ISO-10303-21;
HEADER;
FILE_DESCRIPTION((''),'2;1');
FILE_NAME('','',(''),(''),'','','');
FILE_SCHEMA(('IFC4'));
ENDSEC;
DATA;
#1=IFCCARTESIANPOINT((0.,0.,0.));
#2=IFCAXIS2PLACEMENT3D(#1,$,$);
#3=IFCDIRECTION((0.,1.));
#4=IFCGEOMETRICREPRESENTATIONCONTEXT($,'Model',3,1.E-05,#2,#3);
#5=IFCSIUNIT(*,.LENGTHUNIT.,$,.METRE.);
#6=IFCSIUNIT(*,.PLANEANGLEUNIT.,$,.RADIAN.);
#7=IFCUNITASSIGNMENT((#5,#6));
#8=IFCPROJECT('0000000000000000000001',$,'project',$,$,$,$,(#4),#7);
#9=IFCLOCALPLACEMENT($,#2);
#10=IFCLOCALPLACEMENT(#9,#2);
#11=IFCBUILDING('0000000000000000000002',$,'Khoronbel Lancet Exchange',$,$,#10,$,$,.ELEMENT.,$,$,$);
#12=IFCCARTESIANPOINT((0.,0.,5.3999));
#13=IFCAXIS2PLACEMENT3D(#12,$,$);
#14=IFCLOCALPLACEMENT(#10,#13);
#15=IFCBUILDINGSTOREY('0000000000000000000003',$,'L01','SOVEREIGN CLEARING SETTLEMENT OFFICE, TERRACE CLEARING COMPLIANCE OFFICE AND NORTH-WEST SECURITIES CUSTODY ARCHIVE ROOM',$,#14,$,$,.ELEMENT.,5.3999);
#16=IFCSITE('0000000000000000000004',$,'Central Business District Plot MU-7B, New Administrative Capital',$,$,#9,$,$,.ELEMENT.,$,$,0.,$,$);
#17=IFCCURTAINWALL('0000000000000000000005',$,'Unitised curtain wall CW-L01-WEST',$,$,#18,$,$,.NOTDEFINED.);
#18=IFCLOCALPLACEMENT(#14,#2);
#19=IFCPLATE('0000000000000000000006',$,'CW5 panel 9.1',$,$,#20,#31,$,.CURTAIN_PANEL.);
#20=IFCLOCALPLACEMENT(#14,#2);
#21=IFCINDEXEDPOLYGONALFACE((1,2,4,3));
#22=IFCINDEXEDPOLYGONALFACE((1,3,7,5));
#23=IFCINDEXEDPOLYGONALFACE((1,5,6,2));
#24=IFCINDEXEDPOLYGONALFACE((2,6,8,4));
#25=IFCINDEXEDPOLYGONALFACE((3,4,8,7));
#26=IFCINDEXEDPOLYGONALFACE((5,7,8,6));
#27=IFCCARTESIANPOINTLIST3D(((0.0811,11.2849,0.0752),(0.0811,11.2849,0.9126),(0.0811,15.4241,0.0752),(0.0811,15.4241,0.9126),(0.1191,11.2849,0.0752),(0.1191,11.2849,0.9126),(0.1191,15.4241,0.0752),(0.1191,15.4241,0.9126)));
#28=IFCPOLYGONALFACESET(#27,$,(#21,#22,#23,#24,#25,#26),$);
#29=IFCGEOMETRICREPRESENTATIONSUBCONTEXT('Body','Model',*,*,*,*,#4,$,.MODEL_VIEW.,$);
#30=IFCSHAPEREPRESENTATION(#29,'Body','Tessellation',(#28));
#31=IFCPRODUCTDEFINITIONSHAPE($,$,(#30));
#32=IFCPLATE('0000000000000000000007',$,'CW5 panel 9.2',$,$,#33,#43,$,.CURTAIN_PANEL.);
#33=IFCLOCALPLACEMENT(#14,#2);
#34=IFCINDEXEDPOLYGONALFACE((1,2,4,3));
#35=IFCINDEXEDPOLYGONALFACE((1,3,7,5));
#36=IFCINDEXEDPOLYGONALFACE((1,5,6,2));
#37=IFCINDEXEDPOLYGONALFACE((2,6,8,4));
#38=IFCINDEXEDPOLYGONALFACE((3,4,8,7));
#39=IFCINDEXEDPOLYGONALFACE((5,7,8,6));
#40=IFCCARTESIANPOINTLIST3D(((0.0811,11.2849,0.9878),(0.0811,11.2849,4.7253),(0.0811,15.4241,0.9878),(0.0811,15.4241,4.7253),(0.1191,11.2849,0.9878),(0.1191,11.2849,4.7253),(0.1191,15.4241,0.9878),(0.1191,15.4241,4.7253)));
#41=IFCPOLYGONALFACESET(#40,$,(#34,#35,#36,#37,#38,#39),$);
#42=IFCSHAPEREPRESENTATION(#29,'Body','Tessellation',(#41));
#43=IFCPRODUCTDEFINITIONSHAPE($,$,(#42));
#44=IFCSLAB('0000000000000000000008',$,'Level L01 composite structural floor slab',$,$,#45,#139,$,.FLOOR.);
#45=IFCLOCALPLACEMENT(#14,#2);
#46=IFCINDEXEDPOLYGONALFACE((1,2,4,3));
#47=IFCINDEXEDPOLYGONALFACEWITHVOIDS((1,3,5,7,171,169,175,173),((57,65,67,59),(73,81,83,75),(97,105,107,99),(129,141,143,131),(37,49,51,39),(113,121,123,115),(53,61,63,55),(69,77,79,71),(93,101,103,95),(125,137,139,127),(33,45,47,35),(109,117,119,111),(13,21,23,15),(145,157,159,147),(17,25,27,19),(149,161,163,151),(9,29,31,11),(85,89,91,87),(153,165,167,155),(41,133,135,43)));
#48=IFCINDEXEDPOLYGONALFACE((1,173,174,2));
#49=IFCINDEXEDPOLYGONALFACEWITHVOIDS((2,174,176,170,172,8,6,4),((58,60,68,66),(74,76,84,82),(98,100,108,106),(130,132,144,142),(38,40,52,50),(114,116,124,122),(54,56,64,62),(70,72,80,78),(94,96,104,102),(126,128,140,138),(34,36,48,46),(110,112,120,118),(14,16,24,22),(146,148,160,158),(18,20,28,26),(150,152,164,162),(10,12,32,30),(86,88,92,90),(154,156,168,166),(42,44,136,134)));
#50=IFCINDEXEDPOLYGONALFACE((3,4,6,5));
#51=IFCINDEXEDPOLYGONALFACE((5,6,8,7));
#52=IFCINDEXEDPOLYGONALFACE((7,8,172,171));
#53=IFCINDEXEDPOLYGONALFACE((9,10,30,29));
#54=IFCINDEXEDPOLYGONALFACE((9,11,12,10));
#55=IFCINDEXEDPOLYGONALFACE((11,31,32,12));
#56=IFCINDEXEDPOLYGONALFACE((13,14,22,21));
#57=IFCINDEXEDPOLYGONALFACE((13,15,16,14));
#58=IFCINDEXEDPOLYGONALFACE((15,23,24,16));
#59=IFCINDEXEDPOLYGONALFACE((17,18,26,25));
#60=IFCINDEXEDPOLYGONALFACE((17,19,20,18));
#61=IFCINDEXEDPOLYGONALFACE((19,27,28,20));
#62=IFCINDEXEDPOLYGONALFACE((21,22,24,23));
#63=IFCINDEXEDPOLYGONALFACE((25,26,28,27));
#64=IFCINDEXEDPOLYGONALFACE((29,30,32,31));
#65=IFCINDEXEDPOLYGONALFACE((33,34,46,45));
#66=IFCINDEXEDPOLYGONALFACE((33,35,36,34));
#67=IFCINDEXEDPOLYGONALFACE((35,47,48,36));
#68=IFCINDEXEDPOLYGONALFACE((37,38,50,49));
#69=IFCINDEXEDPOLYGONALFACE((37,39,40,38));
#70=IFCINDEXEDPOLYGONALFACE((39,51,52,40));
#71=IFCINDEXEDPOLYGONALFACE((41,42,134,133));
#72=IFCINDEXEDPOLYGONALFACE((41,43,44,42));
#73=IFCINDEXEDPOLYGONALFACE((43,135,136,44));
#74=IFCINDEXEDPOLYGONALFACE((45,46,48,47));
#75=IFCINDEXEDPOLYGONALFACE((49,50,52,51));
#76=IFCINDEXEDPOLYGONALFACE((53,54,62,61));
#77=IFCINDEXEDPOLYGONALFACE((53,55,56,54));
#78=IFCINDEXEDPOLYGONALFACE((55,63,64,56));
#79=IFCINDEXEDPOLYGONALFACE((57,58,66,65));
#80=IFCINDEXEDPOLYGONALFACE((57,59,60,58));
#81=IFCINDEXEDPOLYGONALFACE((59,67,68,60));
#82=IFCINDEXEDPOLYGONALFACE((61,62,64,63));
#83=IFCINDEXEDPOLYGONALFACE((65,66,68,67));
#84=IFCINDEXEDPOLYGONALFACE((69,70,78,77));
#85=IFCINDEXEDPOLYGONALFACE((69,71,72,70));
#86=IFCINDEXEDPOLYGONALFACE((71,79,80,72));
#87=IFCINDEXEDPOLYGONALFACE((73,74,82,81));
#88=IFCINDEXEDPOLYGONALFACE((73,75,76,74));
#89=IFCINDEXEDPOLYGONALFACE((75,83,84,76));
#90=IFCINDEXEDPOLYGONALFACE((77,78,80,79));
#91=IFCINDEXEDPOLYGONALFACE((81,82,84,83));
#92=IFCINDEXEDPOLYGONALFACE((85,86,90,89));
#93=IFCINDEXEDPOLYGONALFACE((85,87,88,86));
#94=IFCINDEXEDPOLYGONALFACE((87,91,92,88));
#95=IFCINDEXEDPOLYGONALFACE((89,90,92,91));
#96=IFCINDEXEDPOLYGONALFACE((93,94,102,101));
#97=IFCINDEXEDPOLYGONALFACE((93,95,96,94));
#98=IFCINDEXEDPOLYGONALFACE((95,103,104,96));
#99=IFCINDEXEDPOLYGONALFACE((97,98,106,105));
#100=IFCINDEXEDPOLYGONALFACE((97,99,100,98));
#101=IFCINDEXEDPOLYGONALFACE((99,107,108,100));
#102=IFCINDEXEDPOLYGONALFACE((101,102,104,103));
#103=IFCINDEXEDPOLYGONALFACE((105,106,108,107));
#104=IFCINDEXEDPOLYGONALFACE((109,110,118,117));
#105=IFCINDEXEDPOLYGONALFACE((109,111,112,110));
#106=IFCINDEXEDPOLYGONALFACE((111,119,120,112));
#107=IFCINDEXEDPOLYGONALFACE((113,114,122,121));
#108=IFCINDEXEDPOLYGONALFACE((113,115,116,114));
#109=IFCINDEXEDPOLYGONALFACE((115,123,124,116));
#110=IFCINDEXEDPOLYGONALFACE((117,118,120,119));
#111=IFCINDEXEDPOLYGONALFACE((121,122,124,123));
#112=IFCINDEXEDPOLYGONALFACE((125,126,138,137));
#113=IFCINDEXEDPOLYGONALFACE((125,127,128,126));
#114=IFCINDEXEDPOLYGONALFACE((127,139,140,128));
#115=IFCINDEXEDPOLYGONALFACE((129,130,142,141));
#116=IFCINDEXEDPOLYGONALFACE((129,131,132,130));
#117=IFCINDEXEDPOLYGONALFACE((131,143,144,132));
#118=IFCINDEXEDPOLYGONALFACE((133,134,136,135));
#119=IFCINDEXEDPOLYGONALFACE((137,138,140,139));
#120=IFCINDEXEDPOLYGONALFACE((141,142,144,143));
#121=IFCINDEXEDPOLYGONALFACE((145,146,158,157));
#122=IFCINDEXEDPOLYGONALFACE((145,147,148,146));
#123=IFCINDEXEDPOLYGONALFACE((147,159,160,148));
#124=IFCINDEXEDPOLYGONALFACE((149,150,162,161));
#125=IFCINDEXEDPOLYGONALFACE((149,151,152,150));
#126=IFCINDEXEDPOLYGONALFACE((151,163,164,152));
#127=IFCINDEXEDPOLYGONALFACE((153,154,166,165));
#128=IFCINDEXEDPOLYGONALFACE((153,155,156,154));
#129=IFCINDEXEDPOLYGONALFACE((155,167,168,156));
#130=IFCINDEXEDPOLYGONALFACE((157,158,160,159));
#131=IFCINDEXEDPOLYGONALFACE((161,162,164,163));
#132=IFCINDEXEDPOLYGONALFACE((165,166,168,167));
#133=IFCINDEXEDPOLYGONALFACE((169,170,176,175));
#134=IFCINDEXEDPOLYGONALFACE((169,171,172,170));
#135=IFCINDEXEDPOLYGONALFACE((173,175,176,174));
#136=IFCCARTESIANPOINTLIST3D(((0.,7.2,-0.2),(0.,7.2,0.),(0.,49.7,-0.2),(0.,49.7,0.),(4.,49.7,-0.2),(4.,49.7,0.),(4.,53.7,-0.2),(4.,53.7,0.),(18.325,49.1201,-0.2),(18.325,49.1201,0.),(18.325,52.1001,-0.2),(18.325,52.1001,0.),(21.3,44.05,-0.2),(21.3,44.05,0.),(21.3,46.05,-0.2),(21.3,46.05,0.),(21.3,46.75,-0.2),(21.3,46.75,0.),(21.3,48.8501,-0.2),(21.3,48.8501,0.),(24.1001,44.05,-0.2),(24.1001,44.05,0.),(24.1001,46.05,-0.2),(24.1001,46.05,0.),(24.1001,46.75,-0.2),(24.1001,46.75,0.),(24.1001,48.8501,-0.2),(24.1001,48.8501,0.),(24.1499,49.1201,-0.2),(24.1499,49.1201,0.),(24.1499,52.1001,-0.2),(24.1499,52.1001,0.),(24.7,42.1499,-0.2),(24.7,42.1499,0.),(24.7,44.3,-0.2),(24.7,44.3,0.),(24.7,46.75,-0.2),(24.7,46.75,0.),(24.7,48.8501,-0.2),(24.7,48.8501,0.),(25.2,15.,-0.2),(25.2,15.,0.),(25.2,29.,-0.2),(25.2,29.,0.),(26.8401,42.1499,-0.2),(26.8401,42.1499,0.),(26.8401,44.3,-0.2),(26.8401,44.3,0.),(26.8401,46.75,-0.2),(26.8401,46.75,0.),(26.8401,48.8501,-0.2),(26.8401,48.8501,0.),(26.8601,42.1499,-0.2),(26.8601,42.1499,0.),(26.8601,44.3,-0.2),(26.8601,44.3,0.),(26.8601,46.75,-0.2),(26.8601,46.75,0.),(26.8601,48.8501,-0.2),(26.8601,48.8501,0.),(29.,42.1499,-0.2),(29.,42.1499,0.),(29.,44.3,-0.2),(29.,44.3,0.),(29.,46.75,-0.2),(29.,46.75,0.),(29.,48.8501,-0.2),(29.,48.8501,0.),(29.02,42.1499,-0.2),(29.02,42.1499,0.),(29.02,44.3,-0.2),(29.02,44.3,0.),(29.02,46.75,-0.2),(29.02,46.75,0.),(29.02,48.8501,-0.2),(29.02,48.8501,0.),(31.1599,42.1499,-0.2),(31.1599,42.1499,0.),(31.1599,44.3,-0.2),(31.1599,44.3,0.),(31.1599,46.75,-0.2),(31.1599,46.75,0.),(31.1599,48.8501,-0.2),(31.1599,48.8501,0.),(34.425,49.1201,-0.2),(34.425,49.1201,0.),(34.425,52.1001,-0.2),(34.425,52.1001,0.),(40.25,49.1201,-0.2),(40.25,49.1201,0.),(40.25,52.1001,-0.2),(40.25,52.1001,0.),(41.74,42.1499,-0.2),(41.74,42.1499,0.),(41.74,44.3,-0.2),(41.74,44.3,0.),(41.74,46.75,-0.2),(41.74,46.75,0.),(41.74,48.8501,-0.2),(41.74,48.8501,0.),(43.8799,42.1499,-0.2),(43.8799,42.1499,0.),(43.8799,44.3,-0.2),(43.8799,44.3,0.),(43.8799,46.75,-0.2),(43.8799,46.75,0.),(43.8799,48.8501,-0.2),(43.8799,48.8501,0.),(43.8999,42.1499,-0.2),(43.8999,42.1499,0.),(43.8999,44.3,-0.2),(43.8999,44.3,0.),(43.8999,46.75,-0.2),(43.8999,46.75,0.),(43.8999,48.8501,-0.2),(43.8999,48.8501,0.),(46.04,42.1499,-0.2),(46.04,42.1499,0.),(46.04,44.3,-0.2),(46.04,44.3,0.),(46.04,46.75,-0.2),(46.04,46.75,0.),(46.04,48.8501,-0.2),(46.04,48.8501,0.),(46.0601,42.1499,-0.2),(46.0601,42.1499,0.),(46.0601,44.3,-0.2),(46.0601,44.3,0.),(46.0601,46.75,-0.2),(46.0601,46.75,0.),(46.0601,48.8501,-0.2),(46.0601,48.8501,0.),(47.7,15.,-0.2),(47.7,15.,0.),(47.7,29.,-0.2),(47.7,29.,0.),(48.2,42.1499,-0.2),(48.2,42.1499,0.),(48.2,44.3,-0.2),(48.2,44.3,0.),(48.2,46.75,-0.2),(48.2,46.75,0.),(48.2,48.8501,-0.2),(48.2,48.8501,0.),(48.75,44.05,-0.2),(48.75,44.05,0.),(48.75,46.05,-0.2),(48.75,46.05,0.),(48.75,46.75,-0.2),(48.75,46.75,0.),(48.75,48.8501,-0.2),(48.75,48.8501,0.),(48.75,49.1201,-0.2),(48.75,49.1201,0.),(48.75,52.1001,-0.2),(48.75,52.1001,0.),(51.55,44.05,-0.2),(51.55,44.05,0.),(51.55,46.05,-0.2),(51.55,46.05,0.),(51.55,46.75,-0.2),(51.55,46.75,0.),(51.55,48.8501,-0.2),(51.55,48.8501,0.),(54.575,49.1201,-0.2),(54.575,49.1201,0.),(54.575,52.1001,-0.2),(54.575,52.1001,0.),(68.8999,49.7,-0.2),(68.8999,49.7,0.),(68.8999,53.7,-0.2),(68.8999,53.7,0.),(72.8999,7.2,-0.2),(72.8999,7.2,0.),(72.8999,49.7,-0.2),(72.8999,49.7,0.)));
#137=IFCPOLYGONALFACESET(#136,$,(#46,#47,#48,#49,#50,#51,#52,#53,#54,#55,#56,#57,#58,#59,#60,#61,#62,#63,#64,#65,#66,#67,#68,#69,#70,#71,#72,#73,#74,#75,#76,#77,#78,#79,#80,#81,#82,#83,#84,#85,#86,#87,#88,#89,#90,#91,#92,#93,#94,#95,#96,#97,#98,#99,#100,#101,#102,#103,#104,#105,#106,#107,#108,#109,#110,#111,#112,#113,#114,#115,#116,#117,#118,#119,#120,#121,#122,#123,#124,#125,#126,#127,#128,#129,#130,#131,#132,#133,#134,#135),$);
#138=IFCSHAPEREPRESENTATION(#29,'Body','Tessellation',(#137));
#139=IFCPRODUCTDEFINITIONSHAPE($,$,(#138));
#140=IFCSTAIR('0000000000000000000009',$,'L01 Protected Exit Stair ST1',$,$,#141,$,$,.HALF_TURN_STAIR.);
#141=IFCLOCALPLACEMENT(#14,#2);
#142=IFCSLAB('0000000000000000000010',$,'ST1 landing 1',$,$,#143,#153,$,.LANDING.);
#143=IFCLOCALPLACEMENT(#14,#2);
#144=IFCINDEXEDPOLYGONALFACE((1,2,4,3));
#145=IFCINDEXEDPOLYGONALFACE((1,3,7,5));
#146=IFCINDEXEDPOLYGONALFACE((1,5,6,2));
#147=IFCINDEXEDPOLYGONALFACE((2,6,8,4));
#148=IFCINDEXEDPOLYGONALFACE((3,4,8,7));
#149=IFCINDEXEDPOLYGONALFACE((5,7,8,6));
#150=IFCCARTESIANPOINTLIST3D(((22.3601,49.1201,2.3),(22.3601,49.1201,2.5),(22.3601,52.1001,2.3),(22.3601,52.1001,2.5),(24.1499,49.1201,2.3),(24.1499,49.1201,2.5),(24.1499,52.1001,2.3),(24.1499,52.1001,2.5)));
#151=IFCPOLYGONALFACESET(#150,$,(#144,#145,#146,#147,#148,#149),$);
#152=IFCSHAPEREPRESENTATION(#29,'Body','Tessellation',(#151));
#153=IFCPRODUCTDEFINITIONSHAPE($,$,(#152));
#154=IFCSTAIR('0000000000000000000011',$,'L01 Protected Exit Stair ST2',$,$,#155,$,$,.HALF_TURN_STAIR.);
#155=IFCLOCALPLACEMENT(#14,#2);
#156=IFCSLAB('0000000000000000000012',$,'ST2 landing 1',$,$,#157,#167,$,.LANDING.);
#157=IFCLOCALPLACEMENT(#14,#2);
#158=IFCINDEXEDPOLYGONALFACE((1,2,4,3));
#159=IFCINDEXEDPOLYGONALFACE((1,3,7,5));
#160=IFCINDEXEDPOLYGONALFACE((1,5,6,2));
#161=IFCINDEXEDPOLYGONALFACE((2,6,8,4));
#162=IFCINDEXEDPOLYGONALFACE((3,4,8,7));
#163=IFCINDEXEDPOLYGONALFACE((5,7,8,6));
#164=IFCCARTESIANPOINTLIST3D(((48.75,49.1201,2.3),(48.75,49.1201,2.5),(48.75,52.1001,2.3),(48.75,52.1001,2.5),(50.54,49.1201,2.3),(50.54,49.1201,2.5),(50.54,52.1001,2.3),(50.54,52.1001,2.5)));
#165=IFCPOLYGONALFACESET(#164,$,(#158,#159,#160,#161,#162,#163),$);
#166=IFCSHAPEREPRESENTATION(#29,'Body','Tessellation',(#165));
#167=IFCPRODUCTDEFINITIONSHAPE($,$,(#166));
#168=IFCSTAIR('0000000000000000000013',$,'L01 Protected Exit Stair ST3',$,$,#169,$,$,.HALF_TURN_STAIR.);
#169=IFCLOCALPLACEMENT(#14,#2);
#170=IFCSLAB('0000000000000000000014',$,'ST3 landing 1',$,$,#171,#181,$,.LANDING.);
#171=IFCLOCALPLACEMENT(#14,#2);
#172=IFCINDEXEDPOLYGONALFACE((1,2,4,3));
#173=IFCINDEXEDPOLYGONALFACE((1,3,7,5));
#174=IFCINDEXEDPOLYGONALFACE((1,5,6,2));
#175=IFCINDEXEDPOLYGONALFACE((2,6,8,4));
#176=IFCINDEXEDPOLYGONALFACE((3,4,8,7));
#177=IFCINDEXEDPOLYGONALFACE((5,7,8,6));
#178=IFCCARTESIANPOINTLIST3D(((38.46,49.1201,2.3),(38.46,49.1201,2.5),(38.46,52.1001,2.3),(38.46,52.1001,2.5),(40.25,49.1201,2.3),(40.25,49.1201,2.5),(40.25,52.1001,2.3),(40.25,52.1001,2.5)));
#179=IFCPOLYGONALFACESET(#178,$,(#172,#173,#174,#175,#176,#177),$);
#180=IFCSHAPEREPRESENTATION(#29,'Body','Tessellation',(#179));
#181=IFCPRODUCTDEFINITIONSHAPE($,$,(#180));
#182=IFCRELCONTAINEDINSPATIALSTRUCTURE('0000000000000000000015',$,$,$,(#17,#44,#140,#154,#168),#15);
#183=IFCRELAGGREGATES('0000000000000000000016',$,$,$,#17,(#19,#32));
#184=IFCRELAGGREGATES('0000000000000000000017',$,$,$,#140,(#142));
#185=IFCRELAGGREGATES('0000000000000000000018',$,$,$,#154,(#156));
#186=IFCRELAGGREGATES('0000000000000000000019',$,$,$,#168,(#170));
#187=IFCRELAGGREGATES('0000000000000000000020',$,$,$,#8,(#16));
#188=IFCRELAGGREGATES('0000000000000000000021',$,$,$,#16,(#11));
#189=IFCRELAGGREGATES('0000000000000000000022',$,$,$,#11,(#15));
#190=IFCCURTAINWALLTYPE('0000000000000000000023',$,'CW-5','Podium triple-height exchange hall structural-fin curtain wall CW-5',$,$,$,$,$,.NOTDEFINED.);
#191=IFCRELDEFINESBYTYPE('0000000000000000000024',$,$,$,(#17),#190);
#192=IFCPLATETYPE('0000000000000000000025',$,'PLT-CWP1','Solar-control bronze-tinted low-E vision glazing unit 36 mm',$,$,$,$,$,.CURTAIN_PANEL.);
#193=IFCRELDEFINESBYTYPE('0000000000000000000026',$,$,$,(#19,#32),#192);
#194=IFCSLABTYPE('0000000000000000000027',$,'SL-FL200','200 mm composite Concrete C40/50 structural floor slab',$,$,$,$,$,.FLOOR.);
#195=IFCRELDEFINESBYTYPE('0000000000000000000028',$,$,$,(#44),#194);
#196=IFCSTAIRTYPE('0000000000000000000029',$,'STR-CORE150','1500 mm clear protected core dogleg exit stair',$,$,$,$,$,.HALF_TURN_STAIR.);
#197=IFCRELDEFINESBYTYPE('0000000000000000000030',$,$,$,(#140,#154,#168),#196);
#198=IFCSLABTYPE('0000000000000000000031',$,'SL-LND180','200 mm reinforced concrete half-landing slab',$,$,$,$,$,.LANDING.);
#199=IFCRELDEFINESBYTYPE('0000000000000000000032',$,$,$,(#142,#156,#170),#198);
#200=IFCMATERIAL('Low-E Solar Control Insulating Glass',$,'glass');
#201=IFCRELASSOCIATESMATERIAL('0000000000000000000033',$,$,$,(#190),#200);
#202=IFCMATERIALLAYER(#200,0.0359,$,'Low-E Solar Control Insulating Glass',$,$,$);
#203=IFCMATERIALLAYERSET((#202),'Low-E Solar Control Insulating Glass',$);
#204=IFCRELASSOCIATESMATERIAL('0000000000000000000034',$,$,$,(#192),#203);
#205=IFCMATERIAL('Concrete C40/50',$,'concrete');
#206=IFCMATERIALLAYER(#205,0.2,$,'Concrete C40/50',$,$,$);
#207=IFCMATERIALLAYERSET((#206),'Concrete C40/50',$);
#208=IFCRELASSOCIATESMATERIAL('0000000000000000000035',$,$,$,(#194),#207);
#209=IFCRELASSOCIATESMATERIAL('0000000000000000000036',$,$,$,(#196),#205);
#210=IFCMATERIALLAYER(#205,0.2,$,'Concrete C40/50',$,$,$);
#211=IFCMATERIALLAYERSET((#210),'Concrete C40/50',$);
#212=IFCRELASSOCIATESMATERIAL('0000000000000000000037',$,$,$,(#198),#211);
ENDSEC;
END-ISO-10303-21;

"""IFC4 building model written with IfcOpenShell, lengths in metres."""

from ifc_helpers import new_model, si_unit, direction, frame, origin, origin_2d, place, context, subcontext, project, spatial, polyline, rectangle, outline, extrude, material, layer, layer_set, type_object, element, aggregate, save


model = new_model("IFC4")

# Units and contexts
model_context = context("Model", 3, precision=1e-05, world=origin(), true_north=direction((0.0, 1.0)))
body_context = subcontext(model_context, "Body", "Model", "MODEL_VIEW")
ifc_project = project(units=[si_unit("LENGTHUNIT", "METRE"), si_unit("PLANEANGLEUNIT", "RADIAN")], contexts=[model_context])

# Site, building, storey
site_placement = place(None, origin())
site = spatial("IfcSite", under=ifc_project, at=site_placement, Name="Central Business District Plot MU-7B, New Administrative Capital", CompositionType="ELEMENT", RefElevation=0.0)
building_placement = place(site_placement, origin())
building = spatial("IfcBuilding", under=site, at=building_placement, Name="Khoronbel Lancet Exchange", CompositionType="ELEMENT")
storey_placement = place(building_placement, frame((0.0, 0.0, 5.3999)))
storey = spatial("IfcBuildingStorey", under=building, at=storey_placement, Name="L01", Description="SOVEREIGN CLEARING SETTLEMENT OFFICE, TERRACE CLEARING COMPLIANCE OFFICE AND NORTH-WEST SECURITIES CUSTODY ARCHIVE ROOM", CompositionType="ELEMENT", Elevation=5.3999)

# Curtain wall, plates
ifc_material_1 = material(Name="Low-E Solar Control Insulating Glass", Category="glass")
curtain_wall_type = type_object("IfcCurtainWallType", Name="CW-5", Description="Podium triple-height exchange hall structural-fin curtain wall CW-5", PredefinedType="NOTDEFINED", material=ifc_material_1)
curtain_wall_placement = place(storey_placement, origin())
curtain_wall = element("IfcCurtainWall", 1, at=curtain_wall_placement, inside=storey, type_object=curtain_wall_type, Name="Unitised curtain wall CW-L01-WEST", PredefinedType="NOTDEFINED")
ifc_layer_1 = layer(ifc_material_1, 0.0359, Name="Low-E Solar Control Insulating Glass")
ifc_layer_set_1 = layer_set([ifc_layer_1], Name="Low-E Solar Control Insulating Glass")
plate_type = type_object("IfcPlateType", Name="PLT-CWP1", Description="Solar-control bronze-tinted low-E vision glazing unit 36 mm", PredefinedType="CURTAIN_PANEL", material=ifc_layer_set_1)
plate_1_placement = place(storey_placement, frame((0.1001, 13.3545, 0.0752), z_axis=(0.0, 0.0, 1.0), x_axis=(0.0, -1.0, 0.0)))
plate_1 = element("IfcPlate", 2, at=plate_1_placement, type_object=plate_type, Name="CW5 panel 9.1", PredefinedType="CURTAIN_PANEL", context=body_context, shape_type="SweptSolid", body=[
    extrude(rectangle(XDim=4.1392, YDim=0.0381, at=origin_2d()), origin(), (0.0, 0.0, 1.0), 0.8374),
])
plate_2_placement = place(storey_placement, frame((0.1001, 13.3545, 0.9878), z_axis=(0.0, 0.0, 1.0), x_axis=(0.0, -1.0, 0.0)))
plate_2 = element("IfcPlate", 3, at=plate_2_placement, type_object=plate_type, Name="CW5 panel 9.2", PredefinedType="CURTAIN_PANEL", context=body_context, shape_type="SweptSolid", body=[
    extrude(rectangle(XDim=4.1392, YDim=0.0381, at=origin_2d()), origin(), (0.0, 0.0, 1.0), 3.7375),
])
aggregate(curtain_wall, [plate_1, plate_2])

# Slab
ifc_material_2 = material(Name="Concrete C40/50", Category="concrete")
ifc_layer_2 = layer(ifc_material_2, 0.2, Name="Concrete C40/50")
ifc_layer_set_2 = layer_set([ifc_layer_2], Name="Concrete C40/50")
slab_type_1 = type_object("IfcSlabType", Name="SL-FL200", Description="200 mm composite Concrete C40/50 structural floor slab", PredefinedType="FLOOR", material=ifc_layer_set_2)
slab_1_placement = place(storey_placement, frame((0.0, 0.0, -0.2)))
element("IfcSlab", 4, at=slab_1_placement, inside=storey, type_object=slab_type_1, Name="Level L01 composite structural floor slab", PredefinedType="FLOOR", context=body_context, shape_type="SweptSolid", body=[
    extrude(outline(polyline([(0.0, 7.2), (72.8999, 7.2), (72.8999, 49.7), (68.8999, 49.7), (68.8999, 53.7), (4.0, 53.7), (4.0, 49.7), (0.0, 49.7), (0.0, 7.2)]), holes=[polyline([(18.325, 49.1201), (24.1499, 49.1201), (24.1499, 52.1001), (18.325, 52.1001), (18.325, 49.1201)]), polyline([(48.75, 49.1201), (54.575, 49.1201), (54.575, 52.1001), (48.75, 52.1001), (48.75, 49.1201)]), polyline([(34.425, 49.1201), (40.25, 49.1201), (40.25, 52.1001), (34.425, 52.1001), (34.425, 49.1201)]), polyline([(24.7, 46.75), (26.8401, 46.75), (26.8401, 48.8501), (24.7, 48.8501), (24.7, 46.75)]), polyline([(26.8601, 46.75), (29.0, 46.75), (29.0, 48.8501), (26.8601, 48.8501), (26.8601, 46.75)]), polyline([(29.02, 46.75), (31.1599, 46.75), (31.1599, 48.8501), (29.02, 48.8501), (29.02, 46.75)]), polyline([(24.7, 42.1499), (26.8401, 42.1499), (26.8401, 44.3), (24.7, 44.3), (24.7, 42.1499)]), polyline([(26.8601, 42.1499), (29.0, 42.1499), (29.0, 44.3), (26.8601, 44.3), (26.8601, 42.1499)]), polyline([(29.02, 42.1499), (31.1599, 42.1499), (31.1599, 44.3), (29.02, 44.3), (29.02, 42.1499)]), polyline([(41.74, 46.75), (43.8799, 46.75), (43.8799, 48.8501), (41.74, 48.8501), (41.74, 46.75)]), polyline([(43.8999, 46.75), (46.04, 46.75), (46.04, 48.8501), (43.8999, 48.8501), (43.8999, 46.75)]), polyline([(46.0601, 46.75), (48.2, 46.75), (48.2, 48.8501), (46.0601, 48.8501), (46.0601, 46.75)]), polyline([(41.74, 42.1499), (43.8799, 42.1499), (43.8799, 44.3), (41.74, 44.3), (41.74, 42.1499)]), polyline([(43.8999, 42.1499), (46.04, 42.1499), (46.04, 44.3), (43.8999, 44.3), (43.8999, 42.1499)]), polyline([(46.0601, 42.1499), (48.2, 42.1499), (48.2, 44.3), (46.0601, 44.3), (46.0601, 42.1499)]), polyline([(21.3, 46.75), (24.1001, 46.75), (24.1001, 48.8501), (21.3, 48.8501), (21.3, 46.75)]), polyline([(48.75, 46.75), (51.55, 46.75), (51.55, 48.8501), (48.75, 48.8501), (48.75, 46.75)]), polyline([(21.3, 44.05), (24.1001, 44.05), (24.1001, 46.05), (21.3, 46.05), (21.3, 44.05)]), polyline([(48.75, 44.05), (51.55, 44.05), (51.55, 46.05), (48.75, 46.05), (48.75, 44.05)]), polyline([(25.2, 15.0), (47.7, 15.0), (47.7, 29.0), (25.2, 29.0), (25.2, 15.0)])]), origin(), (0.0, 0.0, 1.0), 0.2),
])

# Stairs, slabs
stair_type = type_object("IfcStairType", Name="STR-CORE150", Description="1500 mm clear protected core dogleg exit stair", PredefinedType="HALF_TURN_STAIR", material=ifc_material_2)
stair_1_placement = place(storey_placement, origin())
stair_1 = element("IfcStair", 5, at=stair_1_placement, inside=storey, type_object=stair_type, Name="L01 Protected Exit Stair ST1", PredefinedType="HALF_TURN_STAIR")
ifc_layer_3 = layer(ifc_material_2, 0.2, Name="Concrete C40/50")
ifc_layer_set_3 = layer_set([ifc_layer_3], Name="Concrete C40/50")
slab_type_2 = type_object("IfcSlabType", Name="SL-LND180", Description="200 mm reinforced concrete half-landing slab", PredefinedType="LANDING", material=ifc_layer_set_3)
slab_2_placement = place(storey_placement, frame((0.0, 0.0, 2.3)))
slab_2 = element("IfcSlab", 6, at=slab_2_placement, type_object=slab_type_2, Name="ST1 landing 1", PredefinedType="LANDING", context=body_context, shape_type="SweptSolid", body=[
    extrude(outline(polyline([(22.3601, 49.1201), (24.1499, 49.1201), (24.1499, 52.1001), (22.3601, 52.1001), (22.3601, 49.1201)])), origin(), (0.0, 0.0, 1.0), 0.2),
])
aggregate(stair_1, [slab_2])
stair_2_placement = place(storey_placement, origin())
stair_2 = element("IfcStair", 7, at=stair_2_placement, inside=storey, type_object=stair_type, Name="L01 Protected Exit Stair ST2", PredefinedType="HALF_TURN_STAIR")
slab_3_placement = place(storey_placement, frame((0.0, 0.0, 2.3)))
slab_3 = element("IfcSlab", 8, at=slab_3_placement, type_object=slab_type_2, Name="ST2 landing 1", PredefinedType="LANDING", context=body_context, shape_type="SweptSolid", body=[
    extrude(outline(polyline([(50.54, 52.1001), (48.75, 52.1001), (48.75, 49.1201), (50.54, 49.1201), (50.54, 52.1001)])), origin(), (0.0, 0.0, 1.0), 0.2),
])
aggregate(stair_2, [slab_3])
stair_3_placement = place(storey_placement, origin())
stair_3 = element("IfcStair", 9, at=stair_3_placement, inside=storey, type_object=stair_type, Name="L01 Protected Exit Stair ST3", PredefinedType="HALF_TURN_STAIR")
slab_4_placement = place(storey_placement, frame((0.0, 0.0, 2.3)))
slab_4 = element("IfcSlab", 10, at=slab_4_placement, type_object=slab_type_2, Name="ST3 landing 1", PredefinedType="LANDING", context=body_context, shape_type="SweptSolid", body=[
    extrude(outline(polyline([(38.46, 49.1201), (40.25, 49.1201), (40.25, 52.1001), (38.46, 52.1001), (38.46, 49.1201)])), origin(), (0.0, 0.0, 1.0), 0.2),
])
aggregate(stair_3, [slab_4])

save(model, "model.ifc")
